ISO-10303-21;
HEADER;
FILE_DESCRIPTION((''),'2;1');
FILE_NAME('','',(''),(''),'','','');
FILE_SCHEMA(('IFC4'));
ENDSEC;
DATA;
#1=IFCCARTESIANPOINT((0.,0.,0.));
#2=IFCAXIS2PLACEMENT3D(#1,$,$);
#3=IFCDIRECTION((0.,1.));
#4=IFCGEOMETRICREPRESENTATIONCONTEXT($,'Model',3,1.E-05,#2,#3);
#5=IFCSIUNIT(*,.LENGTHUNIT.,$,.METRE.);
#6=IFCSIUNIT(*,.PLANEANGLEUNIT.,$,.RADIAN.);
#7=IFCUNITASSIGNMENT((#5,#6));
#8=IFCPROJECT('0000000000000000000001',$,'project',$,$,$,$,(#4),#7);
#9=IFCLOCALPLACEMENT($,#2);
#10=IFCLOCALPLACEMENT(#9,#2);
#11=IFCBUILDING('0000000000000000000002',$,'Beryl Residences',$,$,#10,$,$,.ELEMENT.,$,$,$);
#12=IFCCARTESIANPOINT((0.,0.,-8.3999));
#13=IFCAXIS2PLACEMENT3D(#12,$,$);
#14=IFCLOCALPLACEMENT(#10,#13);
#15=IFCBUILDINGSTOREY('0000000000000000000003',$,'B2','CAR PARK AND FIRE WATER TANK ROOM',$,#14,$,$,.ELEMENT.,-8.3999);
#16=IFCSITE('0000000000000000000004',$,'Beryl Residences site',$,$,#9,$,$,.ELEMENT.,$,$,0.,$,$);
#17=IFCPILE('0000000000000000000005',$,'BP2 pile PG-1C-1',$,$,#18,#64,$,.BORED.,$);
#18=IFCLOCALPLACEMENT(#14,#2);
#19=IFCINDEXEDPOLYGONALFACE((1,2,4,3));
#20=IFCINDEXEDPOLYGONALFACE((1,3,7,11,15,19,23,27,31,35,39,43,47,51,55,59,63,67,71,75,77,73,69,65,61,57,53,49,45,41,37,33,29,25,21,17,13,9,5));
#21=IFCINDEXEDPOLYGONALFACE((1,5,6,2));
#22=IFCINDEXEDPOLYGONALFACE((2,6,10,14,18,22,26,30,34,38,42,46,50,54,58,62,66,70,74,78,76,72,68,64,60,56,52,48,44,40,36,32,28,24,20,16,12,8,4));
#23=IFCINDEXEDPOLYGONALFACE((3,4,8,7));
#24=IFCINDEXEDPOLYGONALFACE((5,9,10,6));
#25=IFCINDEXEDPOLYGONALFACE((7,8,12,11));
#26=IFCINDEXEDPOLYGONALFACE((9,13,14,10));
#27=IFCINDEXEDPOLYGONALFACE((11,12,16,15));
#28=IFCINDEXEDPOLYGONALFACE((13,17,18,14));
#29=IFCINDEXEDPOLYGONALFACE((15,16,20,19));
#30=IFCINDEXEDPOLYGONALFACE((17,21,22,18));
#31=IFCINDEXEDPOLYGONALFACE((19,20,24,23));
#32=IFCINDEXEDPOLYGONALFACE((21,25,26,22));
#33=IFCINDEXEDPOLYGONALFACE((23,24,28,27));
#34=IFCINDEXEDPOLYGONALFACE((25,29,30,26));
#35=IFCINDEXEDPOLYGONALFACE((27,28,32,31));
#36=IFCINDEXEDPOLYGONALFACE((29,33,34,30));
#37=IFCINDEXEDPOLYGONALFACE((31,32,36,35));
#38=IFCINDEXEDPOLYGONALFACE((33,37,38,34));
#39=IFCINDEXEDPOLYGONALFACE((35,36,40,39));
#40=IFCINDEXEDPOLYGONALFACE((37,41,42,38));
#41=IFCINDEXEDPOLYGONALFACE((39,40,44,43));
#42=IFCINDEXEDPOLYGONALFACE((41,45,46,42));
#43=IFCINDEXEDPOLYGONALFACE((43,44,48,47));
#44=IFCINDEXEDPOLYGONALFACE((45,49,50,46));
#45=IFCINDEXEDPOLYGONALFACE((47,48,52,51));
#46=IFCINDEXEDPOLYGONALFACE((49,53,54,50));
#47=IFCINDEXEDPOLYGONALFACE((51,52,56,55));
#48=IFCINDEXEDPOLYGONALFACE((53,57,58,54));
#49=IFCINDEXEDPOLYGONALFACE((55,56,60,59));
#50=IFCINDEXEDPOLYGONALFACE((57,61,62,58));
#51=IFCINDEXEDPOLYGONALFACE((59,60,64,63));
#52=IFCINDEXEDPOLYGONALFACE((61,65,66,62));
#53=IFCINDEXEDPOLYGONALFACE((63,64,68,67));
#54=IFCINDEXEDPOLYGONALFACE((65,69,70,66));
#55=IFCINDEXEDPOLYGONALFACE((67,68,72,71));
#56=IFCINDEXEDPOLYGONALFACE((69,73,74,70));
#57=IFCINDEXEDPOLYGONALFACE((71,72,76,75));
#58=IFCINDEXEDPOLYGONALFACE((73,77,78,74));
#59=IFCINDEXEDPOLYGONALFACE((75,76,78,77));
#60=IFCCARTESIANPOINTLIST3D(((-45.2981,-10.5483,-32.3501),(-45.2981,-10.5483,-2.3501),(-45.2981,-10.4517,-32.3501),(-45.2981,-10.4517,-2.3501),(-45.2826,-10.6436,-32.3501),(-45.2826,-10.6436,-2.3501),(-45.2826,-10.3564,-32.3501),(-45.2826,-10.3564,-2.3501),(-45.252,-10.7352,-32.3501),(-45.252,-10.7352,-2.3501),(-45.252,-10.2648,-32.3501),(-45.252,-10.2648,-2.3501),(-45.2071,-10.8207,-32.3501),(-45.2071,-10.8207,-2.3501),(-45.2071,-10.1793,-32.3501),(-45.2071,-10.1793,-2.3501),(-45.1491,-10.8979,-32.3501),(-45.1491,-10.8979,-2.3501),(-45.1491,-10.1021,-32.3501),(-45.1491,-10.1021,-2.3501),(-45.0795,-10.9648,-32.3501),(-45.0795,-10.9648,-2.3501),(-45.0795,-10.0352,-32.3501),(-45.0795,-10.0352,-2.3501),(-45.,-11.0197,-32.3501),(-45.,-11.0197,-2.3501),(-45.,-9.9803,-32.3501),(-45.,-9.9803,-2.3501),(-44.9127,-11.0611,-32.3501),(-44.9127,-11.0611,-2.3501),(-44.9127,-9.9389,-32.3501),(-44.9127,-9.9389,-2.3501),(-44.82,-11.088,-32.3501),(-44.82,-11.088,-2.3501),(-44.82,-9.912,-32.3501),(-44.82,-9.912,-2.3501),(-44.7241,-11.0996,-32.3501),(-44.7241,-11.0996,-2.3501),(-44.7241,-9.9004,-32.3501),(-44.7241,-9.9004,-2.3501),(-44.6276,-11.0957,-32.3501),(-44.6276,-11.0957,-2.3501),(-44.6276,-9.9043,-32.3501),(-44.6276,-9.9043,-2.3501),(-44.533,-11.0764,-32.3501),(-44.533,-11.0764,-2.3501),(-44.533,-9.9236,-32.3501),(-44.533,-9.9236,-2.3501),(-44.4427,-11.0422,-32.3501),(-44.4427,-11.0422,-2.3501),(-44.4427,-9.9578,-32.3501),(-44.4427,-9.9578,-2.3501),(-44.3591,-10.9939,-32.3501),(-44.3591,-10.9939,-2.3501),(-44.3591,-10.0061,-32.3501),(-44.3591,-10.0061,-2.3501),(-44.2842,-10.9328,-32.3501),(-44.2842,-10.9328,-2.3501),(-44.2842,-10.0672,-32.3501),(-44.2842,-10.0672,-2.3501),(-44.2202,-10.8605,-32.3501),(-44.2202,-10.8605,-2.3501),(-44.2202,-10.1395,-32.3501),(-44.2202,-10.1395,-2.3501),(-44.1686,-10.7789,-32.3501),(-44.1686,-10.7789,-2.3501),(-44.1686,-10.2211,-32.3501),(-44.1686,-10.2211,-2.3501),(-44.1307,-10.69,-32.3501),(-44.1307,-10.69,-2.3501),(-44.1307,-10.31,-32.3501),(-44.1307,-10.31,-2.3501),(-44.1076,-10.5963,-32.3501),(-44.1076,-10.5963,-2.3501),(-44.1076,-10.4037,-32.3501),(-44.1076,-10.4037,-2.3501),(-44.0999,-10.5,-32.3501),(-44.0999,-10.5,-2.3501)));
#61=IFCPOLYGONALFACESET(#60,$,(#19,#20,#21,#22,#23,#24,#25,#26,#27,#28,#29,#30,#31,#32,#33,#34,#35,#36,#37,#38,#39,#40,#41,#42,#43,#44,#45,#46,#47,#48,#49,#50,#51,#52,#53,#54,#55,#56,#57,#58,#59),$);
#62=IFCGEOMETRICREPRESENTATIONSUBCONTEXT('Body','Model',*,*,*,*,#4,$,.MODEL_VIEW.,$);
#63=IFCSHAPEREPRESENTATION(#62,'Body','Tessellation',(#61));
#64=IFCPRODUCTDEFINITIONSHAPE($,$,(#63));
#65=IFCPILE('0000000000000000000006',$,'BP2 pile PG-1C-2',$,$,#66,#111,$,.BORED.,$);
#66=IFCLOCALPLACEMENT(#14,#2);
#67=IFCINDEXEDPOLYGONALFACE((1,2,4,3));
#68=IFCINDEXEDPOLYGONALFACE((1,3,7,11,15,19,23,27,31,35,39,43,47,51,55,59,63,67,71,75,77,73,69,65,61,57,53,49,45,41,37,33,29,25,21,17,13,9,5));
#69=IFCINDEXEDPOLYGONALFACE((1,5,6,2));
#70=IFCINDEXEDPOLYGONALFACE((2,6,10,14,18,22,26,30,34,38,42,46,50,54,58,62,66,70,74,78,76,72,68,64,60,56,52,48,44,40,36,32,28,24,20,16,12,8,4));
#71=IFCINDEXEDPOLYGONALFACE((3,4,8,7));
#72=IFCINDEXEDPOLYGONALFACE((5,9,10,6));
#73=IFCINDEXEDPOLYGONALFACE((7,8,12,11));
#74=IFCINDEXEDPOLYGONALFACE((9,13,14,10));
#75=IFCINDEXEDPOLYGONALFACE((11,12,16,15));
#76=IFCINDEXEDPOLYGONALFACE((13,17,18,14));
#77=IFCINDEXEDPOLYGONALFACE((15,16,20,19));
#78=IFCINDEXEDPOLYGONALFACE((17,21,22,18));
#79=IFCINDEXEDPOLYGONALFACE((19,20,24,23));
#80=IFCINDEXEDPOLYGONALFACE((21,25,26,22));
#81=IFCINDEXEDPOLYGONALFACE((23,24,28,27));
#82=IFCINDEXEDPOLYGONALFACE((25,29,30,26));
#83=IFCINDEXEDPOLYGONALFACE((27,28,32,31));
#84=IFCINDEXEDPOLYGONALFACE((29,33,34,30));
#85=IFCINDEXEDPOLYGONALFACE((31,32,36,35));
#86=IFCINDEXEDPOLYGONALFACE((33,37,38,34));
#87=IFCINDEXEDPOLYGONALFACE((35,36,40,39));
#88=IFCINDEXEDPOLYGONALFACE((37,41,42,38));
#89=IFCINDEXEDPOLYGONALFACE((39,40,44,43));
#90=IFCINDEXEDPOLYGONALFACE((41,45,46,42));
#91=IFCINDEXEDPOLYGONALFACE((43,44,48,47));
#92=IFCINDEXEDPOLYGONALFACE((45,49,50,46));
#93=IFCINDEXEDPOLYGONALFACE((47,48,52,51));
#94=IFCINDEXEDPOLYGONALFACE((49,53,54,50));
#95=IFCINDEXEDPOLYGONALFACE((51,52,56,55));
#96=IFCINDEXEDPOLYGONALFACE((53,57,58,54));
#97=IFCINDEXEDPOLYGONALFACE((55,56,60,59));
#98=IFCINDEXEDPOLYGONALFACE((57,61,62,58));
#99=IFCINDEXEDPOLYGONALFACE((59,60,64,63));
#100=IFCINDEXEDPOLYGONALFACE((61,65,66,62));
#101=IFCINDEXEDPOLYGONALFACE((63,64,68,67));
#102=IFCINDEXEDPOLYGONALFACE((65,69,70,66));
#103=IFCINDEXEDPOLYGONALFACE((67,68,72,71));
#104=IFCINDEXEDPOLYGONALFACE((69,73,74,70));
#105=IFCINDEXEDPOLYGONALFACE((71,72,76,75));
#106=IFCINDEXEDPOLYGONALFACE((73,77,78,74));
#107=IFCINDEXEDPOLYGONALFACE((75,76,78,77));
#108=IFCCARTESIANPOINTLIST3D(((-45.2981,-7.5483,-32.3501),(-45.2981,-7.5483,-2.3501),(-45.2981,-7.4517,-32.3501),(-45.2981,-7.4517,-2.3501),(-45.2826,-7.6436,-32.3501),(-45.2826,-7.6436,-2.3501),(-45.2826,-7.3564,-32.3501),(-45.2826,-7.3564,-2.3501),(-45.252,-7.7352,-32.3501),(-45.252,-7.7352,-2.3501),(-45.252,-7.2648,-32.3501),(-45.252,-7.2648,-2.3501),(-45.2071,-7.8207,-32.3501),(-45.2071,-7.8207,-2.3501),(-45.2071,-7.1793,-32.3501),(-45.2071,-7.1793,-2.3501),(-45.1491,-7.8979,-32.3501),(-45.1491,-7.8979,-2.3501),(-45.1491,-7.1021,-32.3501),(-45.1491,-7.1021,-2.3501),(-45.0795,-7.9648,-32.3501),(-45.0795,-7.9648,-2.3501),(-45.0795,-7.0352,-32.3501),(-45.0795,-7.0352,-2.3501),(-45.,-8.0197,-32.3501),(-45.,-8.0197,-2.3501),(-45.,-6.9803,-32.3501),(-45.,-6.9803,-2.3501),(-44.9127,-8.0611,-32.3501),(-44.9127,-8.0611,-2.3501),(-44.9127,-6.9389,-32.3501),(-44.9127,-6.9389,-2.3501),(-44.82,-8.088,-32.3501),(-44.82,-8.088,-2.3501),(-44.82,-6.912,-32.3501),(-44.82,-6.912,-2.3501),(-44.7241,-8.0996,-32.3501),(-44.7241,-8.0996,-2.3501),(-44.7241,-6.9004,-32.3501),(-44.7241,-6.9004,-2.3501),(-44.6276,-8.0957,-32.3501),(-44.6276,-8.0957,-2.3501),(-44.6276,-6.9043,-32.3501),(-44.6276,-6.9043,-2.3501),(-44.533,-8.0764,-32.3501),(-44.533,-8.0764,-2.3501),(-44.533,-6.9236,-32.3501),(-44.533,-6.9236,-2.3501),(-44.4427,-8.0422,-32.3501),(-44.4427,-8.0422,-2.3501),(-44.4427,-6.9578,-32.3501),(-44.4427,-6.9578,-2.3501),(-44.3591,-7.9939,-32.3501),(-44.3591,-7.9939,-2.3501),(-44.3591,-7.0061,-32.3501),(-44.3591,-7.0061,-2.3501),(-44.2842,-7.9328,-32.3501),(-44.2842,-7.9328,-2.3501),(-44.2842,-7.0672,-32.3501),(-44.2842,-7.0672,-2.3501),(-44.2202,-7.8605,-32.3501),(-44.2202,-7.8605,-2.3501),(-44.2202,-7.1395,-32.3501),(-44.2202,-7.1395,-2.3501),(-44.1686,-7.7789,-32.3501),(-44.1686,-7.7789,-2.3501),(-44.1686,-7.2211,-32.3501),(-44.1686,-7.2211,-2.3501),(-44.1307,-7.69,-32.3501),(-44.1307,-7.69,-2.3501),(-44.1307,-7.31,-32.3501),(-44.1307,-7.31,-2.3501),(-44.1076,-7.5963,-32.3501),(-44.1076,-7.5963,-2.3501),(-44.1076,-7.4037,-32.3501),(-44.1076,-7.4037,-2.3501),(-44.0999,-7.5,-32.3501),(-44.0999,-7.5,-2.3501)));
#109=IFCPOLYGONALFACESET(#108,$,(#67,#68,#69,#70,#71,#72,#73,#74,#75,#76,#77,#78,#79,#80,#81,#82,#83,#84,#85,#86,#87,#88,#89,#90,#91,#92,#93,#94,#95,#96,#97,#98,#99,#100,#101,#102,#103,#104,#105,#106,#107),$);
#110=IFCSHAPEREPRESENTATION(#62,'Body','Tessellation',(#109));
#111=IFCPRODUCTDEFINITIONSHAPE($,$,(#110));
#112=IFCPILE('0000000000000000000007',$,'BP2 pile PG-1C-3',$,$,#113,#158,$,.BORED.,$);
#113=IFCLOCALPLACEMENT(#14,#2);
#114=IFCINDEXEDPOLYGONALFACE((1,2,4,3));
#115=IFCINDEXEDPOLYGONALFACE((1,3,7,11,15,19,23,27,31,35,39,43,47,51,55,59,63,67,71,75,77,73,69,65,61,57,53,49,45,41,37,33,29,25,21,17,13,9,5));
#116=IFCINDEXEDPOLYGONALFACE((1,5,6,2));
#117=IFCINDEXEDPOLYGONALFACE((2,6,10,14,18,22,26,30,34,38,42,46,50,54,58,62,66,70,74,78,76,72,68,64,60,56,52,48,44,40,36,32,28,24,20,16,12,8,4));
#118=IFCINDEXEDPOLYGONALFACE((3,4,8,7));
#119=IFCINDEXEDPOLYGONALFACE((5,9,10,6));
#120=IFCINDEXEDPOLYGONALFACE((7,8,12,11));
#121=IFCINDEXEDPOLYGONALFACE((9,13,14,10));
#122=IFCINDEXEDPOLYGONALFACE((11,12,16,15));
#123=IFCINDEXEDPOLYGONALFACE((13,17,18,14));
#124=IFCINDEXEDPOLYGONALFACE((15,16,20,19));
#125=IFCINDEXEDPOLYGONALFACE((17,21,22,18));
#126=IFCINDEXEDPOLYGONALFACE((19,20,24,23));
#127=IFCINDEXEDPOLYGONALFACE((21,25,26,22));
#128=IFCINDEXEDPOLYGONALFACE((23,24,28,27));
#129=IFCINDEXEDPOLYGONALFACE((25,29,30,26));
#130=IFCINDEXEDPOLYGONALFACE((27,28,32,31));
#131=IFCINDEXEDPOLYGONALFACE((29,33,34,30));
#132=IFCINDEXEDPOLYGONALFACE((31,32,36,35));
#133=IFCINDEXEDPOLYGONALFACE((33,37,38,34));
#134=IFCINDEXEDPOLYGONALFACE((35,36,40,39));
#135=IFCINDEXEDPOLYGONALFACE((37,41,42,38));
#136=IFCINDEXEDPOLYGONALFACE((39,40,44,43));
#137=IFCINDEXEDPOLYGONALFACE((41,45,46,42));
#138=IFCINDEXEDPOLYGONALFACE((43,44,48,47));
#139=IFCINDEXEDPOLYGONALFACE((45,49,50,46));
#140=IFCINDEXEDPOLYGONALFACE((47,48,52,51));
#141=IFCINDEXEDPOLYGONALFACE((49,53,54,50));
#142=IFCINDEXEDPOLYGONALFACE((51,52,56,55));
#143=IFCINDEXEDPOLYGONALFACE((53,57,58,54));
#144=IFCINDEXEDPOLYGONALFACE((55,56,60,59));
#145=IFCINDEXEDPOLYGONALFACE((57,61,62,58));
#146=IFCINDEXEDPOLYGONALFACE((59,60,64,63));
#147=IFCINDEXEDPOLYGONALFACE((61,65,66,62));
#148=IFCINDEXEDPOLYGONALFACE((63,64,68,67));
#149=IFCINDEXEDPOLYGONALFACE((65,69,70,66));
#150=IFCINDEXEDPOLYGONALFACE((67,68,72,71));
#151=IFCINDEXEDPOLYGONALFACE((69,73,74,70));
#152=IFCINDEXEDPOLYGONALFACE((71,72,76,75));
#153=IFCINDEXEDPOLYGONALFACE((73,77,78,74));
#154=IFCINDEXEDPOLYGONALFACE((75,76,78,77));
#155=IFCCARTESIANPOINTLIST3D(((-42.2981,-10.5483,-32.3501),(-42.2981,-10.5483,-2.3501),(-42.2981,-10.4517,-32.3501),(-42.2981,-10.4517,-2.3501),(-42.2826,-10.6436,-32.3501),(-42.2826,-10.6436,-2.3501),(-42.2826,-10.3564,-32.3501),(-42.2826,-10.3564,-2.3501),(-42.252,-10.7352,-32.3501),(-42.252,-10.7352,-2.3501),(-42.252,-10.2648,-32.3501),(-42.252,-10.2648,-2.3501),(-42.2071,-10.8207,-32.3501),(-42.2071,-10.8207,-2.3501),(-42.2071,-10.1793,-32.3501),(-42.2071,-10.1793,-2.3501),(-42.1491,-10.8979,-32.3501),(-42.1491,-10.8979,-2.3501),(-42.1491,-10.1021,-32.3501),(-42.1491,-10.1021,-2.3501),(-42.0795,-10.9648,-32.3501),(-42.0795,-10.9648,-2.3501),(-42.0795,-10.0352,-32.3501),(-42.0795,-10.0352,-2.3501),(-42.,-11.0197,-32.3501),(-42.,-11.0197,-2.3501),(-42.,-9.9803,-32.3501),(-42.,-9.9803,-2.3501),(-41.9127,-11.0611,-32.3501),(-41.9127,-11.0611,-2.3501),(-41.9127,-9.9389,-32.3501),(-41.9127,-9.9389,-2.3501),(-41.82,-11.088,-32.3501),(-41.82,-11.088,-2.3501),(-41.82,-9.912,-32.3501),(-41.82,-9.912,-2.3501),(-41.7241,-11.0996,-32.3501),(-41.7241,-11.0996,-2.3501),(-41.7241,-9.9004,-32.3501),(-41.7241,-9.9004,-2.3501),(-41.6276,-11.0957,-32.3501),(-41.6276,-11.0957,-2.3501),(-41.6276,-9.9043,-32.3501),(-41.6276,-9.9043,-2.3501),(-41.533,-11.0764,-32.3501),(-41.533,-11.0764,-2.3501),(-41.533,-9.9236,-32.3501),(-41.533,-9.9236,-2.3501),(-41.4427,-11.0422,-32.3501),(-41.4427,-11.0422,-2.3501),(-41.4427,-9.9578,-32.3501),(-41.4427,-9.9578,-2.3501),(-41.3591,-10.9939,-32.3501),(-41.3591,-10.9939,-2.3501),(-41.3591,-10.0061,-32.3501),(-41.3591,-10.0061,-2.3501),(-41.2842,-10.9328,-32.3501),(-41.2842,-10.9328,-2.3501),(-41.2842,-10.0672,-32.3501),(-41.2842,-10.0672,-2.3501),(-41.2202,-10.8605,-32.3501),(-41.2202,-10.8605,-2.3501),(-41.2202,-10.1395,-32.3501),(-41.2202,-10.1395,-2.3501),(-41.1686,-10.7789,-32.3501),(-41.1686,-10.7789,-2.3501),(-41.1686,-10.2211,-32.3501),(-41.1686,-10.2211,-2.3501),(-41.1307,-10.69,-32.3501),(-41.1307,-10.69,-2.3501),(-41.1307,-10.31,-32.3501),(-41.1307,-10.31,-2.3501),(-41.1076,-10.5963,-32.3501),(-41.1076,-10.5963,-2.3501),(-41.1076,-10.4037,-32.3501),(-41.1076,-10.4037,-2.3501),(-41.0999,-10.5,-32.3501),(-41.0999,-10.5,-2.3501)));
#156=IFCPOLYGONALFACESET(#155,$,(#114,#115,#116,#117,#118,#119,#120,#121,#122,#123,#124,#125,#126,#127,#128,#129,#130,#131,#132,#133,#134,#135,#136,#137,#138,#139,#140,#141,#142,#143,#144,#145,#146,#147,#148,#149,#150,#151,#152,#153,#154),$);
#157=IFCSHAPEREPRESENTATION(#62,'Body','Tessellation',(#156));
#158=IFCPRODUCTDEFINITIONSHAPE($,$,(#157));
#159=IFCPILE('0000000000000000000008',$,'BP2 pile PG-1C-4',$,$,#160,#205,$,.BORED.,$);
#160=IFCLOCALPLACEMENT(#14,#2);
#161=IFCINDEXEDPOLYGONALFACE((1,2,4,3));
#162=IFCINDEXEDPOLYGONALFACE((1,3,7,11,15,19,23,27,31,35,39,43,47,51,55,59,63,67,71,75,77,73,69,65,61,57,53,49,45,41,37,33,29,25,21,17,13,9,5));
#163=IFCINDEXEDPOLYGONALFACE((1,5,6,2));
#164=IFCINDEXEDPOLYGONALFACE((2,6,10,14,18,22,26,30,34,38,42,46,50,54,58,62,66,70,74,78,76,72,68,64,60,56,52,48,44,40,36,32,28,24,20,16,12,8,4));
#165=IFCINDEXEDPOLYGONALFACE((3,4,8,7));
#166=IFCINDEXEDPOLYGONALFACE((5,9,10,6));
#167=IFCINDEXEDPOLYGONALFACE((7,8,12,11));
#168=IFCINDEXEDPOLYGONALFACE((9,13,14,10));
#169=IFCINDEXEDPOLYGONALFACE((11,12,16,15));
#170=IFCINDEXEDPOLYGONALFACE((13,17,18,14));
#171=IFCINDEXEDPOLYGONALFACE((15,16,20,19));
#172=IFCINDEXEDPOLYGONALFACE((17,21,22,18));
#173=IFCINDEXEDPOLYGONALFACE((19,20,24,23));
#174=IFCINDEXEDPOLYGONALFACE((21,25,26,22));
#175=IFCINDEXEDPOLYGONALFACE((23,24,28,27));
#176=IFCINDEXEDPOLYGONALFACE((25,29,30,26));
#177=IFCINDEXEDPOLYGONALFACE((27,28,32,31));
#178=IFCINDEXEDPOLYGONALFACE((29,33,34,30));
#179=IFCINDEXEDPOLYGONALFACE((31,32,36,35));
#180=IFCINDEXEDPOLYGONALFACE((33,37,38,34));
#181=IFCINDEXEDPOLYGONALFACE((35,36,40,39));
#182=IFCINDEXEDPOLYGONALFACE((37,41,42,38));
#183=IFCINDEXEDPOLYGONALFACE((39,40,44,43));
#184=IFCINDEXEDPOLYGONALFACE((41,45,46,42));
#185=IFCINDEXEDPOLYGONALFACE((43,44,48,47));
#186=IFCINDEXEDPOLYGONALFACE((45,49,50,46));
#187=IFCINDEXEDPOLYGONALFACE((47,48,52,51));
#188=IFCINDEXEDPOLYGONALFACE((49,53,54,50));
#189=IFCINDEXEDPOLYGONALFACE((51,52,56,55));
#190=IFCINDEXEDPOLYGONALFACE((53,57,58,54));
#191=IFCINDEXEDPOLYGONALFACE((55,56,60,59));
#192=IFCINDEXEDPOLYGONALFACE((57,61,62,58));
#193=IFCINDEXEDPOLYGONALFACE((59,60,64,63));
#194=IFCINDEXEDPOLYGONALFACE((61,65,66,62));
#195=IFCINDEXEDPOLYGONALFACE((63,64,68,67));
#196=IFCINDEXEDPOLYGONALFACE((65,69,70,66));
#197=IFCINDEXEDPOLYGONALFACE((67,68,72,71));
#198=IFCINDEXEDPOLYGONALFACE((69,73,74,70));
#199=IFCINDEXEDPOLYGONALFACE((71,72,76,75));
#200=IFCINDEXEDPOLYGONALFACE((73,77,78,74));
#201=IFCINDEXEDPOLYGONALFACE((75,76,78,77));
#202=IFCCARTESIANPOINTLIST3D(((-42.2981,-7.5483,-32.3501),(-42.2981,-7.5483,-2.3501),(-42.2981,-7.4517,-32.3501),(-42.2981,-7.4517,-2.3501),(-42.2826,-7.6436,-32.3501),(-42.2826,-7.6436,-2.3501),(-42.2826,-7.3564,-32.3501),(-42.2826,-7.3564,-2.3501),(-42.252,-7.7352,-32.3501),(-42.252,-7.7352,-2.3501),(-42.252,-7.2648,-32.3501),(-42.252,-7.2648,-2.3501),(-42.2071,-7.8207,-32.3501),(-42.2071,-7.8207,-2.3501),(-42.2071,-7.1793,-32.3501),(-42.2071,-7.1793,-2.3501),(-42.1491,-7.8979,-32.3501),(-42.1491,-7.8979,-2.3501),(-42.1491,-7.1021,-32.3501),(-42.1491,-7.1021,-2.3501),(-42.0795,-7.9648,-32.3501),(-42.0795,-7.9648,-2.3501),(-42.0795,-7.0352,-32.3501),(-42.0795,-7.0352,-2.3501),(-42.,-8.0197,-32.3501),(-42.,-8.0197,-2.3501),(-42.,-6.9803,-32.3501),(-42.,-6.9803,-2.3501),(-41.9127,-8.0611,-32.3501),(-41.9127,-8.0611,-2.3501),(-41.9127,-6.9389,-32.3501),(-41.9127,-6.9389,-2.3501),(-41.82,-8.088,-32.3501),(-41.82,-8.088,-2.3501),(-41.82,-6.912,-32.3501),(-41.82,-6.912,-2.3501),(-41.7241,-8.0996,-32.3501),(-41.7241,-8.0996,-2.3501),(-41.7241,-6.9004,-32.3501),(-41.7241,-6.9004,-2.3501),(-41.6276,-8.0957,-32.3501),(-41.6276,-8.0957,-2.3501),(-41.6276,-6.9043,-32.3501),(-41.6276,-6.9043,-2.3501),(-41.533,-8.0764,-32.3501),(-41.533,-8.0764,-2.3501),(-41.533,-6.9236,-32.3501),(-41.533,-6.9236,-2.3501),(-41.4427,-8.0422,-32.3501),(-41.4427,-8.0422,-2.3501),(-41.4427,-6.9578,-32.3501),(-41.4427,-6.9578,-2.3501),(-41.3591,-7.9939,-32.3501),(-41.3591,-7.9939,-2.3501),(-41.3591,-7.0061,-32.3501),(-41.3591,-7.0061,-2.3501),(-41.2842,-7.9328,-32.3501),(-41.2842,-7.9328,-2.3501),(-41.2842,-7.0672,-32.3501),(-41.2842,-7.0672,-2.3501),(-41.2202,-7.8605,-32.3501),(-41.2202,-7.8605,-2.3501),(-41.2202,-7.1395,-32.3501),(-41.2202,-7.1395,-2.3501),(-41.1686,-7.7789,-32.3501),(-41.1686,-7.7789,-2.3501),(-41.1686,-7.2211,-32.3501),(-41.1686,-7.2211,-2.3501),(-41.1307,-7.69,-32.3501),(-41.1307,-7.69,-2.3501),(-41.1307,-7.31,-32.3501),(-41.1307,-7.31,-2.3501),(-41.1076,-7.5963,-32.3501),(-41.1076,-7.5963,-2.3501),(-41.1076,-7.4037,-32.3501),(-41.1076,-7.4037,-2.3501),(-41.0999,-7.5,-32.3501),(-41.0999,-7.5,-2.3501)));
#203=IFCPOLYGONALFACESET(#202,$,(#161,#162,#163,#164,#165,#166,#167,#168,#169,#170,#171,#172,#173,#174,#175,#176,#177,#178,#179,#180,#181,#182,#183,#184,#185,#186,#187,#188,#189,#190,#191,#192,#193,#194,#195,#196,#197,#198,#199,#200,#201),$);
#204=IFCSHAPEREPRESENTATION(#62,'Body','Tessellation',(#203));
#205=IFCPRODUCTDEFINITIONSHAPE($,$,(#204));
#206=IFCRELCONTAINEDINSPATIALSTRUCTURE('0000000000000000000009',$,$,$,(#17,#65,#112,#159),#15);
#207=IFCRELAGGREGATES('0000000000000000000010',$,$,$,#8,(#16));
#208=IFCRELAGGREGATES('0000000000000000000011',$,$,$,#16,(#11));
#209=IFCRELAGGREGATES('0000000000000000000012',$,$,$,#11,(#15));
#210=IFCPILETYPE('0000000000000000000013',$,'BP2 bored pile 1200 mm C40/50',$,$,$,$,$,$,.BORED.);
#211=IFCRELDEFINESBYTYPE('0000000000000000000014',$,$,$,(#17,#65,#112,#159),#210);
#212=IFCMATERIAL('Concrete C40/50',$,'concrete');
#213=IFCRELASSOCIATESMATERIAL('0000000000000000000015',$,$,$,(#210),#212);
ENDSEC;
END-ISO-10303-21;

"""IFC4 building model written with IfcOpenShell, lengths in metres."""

from ifc_helpers import new_model, si_unit, direction, frame, origin, origin_2d, place, context, subcontext, project, spatial, circle, extrude, material, material_profile, profile_set, type_object, element, save


model = new_model("IFC4")

# Units and contexts
model_context = context("Model", 3, precision=1e-05, world=origin(), true_north=direction((0.0, 1.0)))
body_context = subcontext(model_context, "Body", "Model", "MODEL_VIEW")
ifc_project = project(units=[si_unit("LENGTHUNIT", "METRE"), si_unit("PLANEANGLEUNIT", "RADIAN")], contexts=[model_context])

# Site, building, storey
site_placement = place(None, origin())
site = spatial("IfcSite", under=ifc_project, at=site_placement, Name="Beryl Residences site", CompositionType="ELEMENT", RefElevation=0.0)
building_placement = place(site_placement, origin())
building = spatial("IfcBuilding", under=site, at=building_placement, Name="Beryl Residences", CompositionType="ELEMENT")
storey_placement = place(building_placement, frame((0.0, 0.0, -8.3999)))
storey = spatial("IfcBuildingStorey", under=building, at=storey_placement, Name="B2", Description="CAR PARK AND FIRE WATER TANK ROOM", CompositionType="ELEMENT", Elevation=-8.3999)

# Piles
ifc_material_1 = material(Name="Concrete C40/50", Category="concrete")
ifc_material_profile_1 = material_profile(ifc_material_1, circle(Radius=0.6001, at=origin_2d()))
ifc_profile_set_1 = profile_set([ifc_material_profile_1], Name="Concrete C40/50")
pile_type_1 = type_object("IfcPileType", Name="BP2 bored pile 1200 mm C40/50", PredefinedType="BORED", material=ifc_profile_set_1)
for number, where, z_axis, x_axis, name in (
    (1, (-44.7, -10.5, -2.3501), (0.0, 0.0, -1.0), (1.0, 0.0, 0.0), "BP2 pile PG-1C-1"),
    (2, (-44.7, -7.5, -2.3501), (0.0, 0.0, -1.0), (1.0, 0.0, 0.0), "BP2 pile PG-1C-2"),
    (3, (-41.7, -10.5, -2.3501), (0.0, 0.0, -1.0), (1.0, 0.0, 0.0), "BP2 pile PG-1C-3"),
    (4, (-41.7, -7.5, -2.3501), (0.0, 0.0, -1.0), (1.0, 0.0, 0.0), "BP2 pile PG-1C-4"),
):
    element("IfcPile", number, at=place(storey_placement, frame(where, z_axis=z_axis, x_axis=x_axis)), inside=storey, type_object=pile_type_1, Name=name, PredefinedType="BORED", context=body_context, shape_type="SweptSolid", body=[
        extrude(circle(Radius=0.6001, at=origin_2d()), origin(), (0.0, 0.0, 1.0), 30.0),
    ])

save(model, "model.ifc")
